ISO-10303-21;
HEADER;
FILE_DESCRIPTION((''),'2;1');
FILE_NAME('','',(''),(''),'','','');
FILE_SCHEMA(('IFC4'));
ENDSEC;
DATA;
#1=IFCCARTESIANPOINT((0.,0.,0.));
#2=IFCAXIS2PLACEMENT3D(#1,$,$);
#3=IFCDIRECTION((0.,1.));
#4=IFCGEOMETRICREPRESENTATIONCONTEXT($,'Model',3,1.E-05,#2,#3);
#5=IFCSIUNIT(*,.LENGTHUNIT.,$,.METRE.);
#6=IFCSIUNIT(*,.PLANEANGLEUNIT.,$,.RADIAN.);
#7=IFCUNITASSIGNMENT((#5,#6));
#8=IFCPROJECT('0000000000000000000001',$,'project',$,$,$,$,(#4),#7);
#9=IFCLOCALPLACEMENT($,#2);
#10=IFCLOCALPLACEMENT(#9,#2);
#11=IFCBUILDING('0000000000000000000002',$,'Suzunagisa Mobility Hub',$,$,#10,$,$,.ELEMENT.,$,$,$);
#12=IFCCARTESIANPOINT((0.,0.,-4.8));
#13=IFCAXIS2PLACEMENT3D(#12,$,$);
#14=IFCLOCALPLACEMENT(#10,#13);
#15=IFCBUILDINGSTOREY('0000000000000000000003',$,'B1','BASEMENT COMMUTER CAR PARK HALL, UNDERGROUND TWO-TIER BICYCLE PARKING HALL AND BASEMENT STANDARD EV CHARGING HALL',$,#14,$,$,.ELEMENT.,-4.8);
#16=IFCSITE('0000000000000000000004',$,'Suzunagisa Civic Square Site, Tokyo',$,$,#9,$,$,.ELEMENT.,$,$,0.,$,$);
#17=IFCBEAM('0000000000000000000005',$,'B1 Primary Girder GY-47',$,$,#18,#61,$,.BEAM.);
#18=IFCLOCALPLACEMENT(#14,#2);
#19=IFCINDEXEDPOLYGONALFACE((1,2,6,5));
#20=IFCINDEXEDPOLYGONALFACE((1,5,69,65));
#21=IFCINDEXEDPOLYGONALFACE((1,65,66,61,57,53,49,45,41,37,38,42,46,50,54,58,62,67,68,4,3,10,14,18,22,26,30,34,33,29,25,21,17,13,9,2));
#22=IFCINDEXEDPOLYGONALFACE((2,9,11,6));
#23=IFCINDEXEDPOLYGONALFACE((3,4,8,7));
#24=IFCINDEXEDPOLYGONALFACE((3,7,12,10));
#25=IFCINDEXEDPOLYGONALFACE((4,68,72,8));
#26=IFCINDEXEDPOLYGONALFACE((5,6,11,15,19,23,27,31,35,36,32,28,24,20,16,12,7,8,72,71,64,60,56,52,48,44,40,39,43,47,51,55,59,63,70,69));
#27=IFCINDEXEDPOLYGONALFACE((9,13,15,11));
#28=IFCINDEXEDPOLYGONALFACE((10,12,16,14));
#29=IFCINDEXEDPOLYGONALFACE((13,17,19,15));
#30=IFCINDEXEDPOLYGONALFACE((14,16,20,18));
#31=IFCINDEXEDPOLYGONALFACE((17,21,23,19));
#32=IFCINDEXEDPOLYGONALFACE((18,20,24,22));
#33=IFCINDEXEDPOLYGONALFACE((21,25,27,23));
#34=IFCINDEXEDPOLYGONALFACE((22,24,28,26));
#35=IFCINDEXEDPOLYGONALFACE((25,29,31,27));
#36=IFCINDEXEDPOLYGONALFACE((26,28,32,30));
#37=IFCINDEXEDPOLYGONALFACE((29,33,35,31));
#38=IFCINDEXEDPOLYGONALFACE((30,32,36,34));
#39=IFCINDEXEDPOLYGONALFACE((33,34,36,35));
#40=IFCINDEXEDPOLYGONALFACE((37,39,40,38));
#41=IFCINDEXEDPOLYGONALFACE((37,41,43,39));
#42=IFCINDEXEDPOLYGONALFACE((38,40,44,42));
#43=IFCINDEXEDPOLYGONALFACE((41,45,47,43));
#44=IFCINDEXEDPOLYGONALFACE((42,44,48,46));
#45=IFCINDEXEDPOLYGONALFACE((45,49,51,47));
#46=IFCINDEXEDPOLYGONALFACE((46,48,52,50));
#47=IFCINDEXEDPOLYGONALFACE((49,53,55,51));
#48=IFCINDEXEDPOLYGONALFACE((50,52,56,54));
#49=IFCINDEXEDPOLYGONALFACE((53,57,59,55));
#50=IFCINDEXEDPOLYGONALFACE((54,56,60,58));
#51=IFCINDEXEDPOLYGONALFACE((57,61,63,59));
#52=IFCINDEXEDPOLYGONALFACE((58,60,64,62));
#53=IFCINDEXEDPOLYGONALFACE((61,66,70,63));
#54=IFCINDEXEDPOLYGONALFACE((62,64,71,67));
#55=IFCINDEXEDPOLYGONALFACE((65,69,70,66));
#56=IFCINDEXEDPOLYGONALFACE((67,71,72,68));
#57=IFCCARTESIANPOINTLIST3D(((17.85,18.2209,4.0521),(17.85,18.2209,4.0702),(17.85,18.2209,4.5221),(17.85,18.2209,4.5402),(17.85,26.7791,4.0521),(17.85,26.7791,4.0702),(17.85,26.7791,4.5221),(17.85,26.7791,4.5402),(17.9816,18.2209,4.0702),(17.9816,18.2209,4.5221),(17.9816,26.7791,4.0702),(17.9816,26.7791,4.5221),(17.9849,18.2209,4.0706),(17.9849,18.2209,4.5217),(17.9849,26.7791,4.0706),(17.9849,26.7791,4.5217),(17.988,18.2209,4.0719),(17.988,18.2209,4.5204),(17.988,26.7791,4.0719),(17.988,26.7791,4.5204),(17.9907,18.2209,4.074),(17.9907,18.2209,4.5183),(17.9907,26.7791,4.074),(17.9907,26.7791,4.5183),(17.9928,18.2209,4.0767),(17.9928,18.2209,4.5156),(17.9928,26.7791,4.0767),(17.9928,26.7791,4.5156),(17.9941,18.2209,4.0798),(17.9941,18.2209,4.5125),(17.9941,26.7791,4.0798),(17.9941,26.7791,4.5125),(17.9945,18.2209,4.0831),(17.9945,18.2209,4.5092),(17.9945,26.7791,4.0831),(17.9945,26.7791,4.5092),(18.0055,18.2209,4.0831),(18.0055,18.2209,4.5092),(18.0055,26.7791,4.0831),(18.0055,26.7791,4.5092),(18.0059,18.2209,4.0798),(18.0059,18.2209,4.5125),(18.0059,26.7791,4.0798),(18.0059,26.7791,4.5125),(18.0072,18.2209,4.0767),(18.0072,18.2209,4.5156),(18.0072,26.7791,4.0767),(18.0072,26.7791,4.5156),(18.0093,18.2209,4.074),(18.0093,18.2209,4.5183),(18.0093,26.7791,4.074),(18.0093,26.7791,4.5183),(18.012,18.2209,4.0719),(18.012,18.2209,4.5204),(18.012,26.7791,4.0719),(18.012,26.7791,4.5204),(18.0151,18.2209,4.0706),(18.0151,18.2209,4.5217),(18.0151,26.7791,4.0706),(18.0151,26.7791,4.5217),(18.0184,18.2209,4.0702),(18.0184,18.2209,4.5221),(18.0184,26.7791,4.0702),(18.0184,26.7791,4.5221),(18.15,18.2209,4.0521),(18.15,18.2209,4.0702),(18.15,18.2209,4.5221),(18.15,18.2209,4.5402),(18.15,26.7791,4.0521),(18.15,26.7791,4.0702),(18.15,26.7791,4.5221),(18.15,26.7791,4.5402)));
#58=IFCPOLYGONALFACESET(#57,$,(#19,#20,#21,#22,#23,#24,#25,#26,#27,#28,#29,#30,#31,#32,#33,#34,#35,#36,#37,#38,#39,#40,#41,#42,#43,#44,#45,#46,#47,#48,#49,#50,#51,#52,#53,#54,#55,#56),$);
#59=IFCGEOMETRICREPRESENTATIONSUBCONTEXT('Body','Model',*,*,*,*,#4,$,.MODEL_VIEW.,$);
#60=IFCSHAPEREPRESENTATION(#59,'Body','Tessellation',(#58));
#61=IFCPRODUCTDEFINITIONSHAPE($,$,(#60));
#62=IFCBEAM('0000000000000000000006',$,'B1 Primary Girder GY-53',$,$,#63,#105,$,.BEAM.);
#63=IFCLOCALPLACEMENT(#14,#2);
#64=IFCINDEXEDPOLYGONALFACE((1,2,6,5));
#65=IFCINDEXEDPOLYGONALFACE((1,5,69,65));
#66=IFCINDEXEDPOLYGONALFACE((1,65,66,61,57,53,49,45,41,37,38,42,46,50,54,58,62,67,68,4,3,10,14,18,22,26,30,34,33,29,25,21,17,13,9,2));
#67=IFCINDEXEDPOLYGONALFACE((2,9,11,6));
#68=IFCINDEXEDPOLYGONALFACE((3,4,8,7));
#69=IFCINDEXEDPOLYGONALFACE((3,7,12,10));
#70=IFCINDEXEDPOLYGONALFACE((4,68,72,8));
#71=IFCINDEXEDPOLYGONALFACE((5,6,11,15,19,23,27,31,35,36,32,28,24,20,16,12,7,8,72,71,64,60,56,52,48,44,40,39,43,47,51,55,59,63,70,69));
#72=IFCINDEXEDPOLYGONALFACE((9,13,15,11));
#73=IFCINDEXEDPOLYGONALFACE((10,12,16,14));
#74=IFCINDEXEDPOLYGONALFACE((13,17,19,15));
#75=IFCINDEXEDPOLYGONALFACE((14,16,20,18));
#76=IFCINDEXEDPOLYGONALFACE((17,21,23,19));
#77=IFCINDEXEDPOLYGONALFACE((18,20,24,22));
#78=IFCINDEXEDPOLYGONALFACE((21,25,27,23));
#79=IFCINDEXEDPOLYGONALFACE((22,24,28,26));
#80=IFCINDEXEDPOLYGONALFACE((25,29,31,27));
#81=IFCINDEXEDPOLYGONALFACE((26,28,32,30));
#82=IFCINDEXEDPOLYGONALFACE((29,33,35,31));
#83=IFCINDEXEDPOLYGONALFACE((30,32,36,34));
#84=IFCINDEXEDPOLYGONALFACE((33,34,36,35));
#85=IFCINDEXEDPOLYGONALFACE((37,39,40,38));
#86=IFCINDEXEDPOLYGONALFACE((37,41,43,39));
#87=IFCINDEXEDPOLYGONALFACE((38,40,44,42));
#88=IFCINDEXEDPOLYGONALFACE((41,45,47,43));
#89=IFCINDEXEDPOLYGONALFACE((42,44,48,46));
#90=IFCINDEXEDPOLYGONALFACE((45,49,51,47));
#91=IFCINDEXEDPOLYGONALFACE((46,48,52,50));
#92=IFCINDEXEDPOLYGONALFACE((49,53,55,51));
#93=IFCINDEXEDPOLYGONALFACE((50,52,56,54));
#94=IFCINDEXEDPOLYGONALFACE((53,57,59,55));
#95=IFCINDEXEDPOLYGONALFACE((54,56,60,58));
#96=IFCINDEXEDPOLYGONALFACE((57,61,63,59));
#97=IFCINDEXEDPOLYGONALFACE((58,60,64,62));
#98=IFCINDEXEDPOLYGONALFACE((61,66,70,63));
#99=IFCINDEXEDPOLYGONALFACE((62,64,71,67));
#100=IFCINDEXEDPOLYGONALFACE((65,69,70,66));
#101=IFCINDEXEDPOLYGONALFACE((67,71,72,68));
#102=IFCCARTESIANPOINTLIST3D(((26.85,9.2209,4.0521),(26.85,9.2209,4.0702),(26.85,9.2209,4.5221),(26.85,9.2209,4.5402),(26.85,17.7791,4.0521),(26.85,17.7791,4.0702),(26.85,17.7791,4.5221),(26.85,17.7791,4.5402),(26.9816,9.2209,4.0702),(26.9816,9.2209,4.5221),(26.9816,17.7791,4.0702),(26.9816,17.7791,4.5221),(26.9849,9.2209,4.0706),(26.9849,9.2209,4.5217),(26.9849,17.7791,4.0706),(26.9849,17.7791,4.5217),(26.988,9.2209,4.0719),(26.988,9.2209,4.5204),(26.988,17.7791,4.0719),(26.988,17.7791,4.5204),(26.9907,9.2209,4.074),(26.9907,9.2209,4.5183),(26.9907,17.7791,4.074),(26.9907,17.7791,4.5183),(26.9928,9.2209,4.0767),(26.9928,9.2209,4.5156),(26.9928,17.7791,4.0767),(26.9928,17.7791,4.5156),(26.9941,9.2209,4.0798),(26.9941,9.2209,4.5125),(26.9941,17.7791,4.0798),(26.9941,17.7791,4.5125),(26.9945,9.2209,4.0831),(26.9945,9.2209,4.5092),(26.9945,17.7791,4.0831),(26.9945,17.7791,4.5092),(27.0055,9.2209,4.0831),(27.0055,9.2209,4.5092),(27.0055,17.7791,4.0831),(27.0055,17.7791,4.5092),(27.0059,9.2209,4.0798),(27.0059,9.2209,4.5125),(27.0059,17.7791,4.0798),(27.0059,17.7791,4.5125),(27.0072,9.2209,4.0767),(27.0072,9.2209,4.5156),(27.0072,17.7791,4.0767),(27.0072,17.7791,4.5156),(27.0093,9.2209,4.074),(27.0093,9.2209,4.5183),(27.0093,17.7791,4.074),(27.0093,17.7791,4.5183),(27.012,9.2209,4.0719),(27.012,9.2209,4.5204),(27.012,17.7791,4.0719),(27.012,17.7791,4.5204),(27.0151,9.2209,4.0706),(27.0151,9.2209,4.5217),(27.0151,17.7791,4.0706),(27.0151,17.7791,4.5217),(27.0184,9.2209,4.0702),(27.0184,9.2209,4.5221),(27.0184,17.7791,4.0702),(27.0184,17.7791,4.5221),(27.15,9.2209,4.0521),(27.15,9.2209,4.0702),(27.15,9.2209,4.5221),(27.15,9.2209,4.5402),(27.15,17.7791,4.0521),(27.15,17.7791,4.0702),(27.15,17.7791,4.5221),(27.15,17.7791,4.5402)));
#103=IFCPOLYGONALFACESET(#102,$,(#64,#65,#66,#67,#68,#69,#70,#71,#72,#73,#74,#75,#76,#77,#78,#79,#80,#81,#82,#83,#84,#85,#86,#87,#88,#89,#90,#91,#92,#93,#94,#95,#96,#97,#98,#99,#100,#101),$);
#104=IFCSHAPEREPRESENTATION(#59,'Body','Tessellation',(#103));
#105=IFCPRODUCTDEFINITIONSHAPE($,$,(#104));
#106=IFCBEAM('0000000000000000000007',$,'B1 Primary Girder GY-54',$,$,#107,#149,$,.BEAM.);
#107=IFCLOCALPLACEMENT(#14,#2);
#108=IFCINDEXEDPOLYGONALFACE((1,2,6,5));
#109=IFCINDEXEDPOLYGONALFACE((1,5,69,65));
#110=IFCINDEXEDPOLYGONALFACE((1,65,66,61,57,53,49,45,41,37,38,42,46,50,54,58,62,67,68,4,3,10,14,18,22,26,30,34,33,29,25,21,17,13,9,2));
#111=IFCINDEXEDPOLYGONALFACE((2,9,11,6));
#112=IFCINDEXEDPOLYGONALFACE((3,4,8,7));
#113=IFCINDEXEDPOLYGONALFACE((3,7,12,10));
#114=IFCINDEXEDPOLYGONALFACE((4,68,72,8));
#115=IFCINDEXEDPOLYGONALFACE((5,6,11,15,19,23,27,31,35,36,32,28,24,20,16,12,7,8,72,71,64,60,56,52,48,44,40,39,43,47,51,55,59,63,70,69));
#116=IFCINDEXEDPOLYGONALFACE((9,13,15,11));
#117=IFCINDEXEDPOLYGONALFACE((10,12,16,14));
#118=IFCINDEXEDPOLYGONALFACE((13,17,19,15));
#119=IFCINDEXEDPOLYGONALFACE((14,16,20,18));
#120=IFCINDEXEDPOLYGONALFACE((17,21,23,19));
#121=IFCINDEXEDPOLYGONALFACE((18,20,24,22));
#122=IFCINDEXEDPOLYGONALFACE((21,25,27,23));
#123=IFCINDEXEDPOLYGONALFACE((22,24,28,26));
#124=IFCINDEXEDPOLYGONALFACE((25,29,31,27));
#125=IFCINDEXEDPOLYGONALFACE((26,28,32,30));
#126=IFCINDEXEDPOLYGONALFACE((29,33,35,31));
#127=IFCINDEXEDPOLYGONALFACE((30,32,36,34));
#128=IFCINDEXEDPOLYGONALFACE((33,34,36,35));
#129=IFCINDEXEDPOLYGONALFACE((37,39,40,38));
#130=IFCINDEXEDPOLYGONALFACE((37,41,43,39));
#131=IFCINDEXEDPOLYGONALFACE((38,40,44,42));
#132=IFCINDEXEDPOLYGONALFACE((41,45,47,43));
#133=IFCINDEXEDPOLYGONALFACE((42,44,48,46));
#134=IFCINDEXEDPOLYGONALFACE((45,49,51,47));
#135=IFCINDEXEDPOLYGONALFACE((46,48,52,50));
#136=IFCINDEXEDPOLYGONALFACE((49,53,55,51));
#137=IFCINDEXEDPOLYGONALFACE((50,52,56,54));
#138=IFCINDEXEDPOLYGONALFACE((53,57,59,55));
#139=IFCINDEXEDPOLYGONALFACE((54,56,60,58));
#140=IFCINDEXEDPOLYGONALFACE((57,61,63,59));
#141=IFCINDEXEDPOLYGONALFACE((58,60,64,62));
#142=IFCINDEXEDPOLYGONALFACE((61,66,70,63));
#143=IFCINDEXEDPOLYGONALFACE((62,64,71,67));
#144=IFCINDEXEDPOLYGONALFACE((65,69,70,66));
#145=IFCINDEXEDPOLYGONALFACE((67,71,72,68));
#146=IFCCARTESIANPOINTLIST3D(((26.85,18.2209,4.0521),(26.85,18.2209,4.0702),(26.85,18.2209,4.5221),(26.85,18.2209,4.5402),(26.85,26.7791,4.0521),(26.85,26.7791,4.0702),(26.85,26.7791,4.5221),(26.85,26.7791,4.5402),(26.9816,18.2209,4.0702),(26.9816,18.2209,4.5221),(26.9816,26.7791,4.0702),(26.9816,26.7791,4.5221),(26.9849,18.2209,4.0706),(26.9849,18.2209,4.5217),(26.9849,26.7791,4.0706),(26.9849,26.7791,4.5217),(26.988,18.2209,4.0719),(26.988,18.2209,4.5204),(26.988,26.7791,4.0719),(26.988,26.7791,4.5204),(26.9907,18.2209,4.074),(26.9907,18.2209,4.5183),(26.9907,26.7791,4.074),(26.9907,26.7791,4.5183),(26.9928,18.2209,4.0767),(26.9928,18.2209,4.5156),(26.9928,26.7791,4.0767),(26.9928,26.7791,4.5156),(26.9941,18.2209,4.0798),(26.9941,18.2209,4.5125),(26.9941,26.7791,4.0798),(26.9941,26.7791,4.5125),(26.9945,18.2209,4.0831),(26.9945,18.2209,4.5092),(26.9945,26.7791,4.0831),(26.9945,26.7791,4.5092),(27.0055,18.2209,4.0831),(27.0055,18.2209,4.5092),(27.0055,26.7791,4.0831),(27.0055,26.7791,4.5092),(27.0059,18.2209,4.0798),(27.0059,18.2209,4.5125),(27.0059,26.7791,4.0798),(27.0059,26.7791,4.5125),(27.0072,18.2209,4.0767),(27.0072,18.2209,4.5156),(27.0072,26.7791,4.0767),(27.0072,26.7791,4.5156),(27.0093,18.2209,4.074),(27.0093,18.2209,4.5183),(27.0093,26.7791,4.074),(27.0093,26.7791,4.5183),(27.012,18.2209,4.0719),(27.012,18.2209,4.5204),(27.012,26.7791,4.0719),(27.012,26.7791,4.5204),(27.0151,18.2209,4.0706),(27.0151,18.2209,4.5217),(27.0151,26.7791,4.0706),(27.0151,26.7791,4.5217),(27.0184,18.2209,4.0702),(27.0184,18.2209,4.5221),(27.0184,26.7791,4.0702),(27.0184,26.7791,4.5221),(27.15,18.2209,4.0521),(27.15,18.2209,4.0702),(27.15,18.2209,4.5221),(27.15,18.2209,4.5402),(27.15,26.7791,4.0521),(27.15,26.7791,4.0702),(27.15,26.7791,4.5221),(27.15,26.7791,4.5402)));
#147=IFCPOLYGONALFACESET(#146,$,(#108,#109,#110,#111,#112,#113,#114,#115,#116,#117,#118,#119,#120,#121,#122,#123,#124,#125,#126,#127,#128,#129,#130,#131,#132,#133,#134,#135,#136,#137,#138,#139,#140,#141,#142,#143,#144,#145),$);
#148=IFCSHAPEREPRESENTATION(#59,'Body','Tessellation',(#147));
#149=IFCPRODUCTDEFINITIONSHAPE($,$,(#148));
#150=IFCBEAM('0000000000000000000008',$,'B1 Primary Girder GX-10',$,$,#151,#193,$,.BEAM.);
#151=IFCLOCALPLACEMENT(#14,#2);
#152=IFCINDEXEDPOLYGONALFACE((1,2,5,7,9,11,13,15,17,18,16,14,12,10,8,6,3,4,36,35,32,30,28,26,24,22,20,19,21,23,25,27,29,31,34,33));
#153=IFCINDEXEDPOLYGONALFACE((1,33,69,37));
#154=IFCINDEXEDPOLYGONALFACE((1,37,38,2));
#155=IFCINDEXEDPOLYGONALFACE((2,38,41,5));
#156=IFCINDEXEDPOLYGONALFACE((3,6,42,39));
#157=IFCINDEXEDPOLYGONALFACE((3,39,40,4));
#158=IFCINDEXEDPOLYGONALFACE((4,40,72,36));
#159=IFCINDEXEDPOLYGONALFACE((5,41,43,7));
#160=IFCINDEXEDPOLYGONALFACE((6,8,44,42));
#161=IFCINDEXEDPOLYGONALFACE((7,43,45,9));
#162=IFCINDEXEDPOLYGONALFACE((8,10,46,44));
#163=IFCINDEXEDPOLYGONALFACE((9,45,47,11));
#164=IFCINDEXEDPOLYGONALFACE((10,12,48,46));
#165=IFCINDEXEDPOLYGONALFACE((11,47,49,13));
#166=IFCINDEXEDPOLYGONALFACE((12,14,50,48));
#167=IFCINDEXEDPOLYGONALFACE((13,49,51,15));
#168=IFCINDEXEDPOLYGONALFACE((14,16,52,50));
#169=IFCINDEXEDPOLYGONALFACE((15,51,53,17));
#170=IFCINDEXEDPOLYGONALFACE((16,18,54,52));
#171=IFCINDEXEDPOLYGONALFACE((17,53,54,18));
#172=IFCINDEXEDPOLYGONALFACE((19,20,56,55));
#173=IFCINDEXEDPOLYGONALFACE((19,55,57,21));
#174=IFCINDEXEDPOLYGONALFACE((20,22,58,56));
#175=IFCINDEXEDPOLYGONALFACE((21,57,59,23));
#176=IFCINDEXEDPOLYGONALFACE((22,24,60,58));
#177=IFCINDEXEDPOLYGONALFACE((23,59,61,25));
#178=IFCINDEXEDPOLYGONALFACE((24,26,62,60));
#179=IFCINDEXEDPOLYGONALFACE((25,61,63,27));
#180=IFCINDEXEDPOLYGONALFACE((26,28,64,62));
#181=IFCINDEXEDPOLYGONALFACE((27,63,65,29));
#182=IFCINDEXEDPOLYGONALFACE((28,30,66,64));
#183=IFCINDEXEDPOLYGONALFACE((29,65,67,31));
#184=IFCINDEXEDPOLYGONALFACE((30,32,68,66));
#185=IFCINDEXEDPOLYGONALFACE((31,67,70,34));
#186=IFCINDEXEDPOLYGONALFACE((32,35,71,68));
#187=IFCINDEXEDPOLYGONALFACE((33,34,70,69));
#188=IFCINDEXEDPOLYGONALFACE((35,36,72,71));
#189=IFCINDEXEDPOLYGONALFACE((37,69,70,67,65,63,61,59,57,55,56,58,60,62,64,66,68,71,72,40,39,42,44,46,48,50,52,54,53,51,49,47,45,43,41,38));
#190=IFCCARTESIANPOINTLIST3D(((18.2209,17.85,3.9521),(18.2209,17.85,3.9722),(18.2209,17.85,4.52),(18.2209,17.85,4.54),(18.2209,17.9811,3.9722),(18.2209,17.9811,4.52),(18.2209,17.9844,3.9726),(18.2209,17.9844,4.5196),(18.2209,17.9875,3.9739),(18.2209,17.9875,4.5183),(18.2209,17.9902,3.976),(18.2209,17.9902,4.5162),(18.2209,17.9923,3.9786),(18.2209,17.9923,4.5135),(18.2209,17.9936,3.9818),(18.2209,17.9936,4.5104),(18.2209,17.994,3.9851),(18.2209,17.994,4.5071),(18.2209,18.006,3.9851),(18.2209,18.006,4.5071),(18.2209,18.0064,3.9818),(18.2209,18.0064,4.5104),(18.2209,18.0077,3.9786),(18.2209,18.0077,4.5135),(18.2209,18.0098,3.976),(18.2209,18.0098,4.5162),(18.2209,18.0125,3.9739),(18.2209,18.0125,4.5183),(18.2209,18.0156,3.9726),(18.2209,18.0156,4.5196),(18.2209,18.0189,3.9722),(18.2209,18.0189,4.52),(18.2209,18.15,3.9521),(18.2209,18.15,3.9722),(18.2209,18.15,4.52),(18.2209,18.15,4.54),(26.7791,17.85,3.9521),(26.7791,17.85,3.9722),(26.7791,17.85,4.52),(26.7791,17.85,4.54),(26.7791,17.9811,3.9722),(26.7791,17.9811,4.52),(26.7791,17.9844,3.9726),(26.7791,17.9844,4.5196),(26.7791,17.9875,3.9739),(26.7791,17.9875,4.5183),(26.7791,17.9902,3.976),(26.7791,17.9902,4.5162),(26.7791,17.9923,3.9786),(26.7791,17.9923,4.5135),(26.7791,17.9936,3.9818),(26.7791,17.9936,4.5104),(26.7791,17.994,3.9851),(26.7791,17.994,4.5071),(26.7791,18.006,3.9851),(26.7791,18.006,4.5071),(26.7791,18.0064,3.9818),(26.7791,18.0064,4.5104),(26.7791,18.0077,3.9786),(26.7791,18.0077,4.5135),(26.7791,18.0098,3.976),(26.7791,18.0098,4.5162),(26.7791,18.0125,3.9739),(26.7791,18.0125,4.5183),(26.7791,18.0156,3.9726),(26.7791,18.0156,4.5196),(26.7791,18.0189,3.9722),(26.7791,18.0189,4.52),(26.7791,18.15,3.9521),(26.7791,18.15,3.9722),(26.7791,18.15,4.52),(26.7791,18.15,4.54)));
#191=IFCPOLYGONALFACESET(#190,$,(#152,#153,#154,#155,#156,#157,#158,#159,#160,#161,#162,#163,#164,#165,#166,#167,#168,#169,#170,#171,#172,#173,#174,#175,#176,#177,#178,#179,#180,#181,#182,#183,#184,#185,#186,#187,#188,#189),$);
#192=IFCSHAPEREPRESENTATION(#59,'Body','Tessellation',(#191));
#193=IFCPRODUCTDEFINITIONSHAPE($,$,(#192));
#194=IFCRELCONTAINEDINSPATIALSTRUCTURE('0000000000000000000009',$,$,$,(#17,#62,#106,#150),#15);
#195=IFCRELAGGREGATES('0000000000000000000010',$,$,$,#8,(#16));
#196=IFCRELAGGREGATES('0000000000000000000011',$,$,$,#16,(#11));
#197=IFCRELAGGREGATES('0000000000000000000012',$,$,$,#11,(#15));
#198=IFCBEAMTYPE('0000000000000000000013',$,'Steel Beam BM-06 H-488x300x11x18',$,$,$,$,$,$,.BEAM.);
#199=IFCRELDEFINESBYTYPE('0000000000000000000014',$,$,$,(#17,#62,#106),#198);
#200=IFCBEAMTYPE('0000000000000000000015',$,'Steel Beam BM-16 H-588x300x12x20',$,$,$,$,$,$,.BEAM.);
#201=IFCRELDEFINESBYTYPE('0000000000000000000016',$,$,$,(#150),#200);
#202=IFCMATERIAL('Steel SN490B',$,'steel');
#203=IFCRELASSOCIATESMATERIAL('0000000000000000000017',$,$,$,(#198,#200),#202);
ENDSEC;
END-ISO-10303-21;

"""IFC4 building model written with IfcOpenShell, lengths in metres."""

from ifc_helpers import new_model, si_unit, direction, frame, origin, origin_2d, place, context, subcontext, project, spatial, i_section, extrude, material, material_profile, profile_set, type_object, element, save


model = new_model("IFC4")

# Units and contexts
model_context = context("Model", 3, precision=1e-05, world=origin(), true_north=direction((0.0, 1.0)))
body_context = subcontext(model_context, "Body", "Model", "MODEL_VIEW")
ifc_project = project(units=[si_unit("LENGTHUNIT", "METRE"), si_unit("PLANEANGLEUNIT", "RADIAN")], contexts=[model_context])

# Site, building, storey
site_placement = place(None, origin())
site = spatial("IfcSite", under=ifc_project, at=site_placement, Name="Suzunagisa Civic Square Site, Tokyo", CompositionType="ELEMENT", RefElevation=0.0)
building_placement = place(site_placement, origin())
building = spatial("IfcBuilding", under=site, at=building_placement, Name="Suzunagisa Mobility Hub", CompositionType="ELEMENT")
storey_placement = place(building_placement, frame((0.0, 0.0, -4.8)))
storey = spatial("IfcBuildingStorey", under=building, at=storey_placement, Name="B1", Description="BASEMENT COMMUTER CAR PARK HALL, UNDERGROUND TWO-TIER BICYCLE PARKING HALL AND BASEMENT STANDARD EV CHARGING HALL", CompositionType="ELEMENT", Elevation=-4.8)

# Shared definitions
ifc_material_1 = material(Name="Steel SN490B", Category="steel")

# Beams
ifc_material_profile_1 = material_profile(ifc_material_1, i_section(OverallWidth=0.3, OverallDepth=0.488, WebThickness=0.011, FlangeThickness=0.0181, FilletRadius=0.0129, at=origin_2d()), Name="H-488x300x11x18")
ifc_profile_set_1 = profile_set([ifc_material_profile_1], Name="Steel SN490B")
beam_type_1 = type_object("IfcBeamType", Name="Steel Beam BM-06 H-488x300x11x18", PredefinedType="BEAM", material=ifc_profile_set_1)
for number, where, z_axis, x_axis, name in (
    (1, (18.0, 18.2209, 4.2961), (0.0, 1.0, 0.0), (-1.0, 0.0, 0.0), "B1 Primary Girder GY-47"),
    (2, (27.0, 9.2209, 4.2961), (0.0, 1.0, 0.0), (-1.0, 0.0, 0.0), "B1 Primary Girder GY-53"),
    (3, (27.0, 18.2209, 4.2961), (0.0, 1.0, 0.0), (-1.0, 0.0, 0.0), "B1 Primary Girder GY-54"),
):
    element("IfcBeam", number, at=place(storey_placement, frame(where, z_axis=z_axis, x_axis=x_axis)), inside=storey, type_object=beam_type_1, Name=name, PredefinedType="BEAM", context=body_context, shape_type="SweptSolid", body=[
        extrude(i_section(OverallWidth=0.3, OverallDepth=0.488, WebThickness=0.011, FlangeThickness=0.0181, FilletRadius=0.0129, at=origin_2d()), origin(), (0.0, 0.0, 1.0), 8.5581),
    ])
ifc_material_profile_2 = material_profile(ifc_material_1, i_section(OverallWidth=0.3, OverallDepth=0.5879, WebThickness=0.012, FlangeThickness=0.02, FilletRadius=0.0129, at=origin_2d()), Name="H-588x300x12x20")
ifc_profile_set_2 = profile_set([ifc_material_profile_2], Name="Steel SN490B")
beam_type_2 = type_object("IfcBeamType", Name="Steel Beam BM-16 H-588x300x12x20", PredefinedType="BEAM", material=ifc_profile_set_2)
beam_1_placement = place(storey_placement, frame((18.2209, 18.0, 4.2461), z_axis=(1.0, 0.0, 0.0), x_axis=(0.0, 1.0, 0.0)))
element("IfcBeam", 4, at=beam_1_placement, inside=storey, type_object=beam_type_2, Name="B1 Primary Girder GX-10", PredefinedType="BEAM", context=body_context, shape_type="SweptSolid", body=[
    extrude(i_section(OverallWidth=0.3, OverallDepth=0.5879, WebThickness=0.012, FlangeThickness=0.02, FilletRadius=0.0129, at=origin_2d()), origin(), (0.0, 0.0, 1.0), 8.5581),
])

save(model, "model.ifc")
